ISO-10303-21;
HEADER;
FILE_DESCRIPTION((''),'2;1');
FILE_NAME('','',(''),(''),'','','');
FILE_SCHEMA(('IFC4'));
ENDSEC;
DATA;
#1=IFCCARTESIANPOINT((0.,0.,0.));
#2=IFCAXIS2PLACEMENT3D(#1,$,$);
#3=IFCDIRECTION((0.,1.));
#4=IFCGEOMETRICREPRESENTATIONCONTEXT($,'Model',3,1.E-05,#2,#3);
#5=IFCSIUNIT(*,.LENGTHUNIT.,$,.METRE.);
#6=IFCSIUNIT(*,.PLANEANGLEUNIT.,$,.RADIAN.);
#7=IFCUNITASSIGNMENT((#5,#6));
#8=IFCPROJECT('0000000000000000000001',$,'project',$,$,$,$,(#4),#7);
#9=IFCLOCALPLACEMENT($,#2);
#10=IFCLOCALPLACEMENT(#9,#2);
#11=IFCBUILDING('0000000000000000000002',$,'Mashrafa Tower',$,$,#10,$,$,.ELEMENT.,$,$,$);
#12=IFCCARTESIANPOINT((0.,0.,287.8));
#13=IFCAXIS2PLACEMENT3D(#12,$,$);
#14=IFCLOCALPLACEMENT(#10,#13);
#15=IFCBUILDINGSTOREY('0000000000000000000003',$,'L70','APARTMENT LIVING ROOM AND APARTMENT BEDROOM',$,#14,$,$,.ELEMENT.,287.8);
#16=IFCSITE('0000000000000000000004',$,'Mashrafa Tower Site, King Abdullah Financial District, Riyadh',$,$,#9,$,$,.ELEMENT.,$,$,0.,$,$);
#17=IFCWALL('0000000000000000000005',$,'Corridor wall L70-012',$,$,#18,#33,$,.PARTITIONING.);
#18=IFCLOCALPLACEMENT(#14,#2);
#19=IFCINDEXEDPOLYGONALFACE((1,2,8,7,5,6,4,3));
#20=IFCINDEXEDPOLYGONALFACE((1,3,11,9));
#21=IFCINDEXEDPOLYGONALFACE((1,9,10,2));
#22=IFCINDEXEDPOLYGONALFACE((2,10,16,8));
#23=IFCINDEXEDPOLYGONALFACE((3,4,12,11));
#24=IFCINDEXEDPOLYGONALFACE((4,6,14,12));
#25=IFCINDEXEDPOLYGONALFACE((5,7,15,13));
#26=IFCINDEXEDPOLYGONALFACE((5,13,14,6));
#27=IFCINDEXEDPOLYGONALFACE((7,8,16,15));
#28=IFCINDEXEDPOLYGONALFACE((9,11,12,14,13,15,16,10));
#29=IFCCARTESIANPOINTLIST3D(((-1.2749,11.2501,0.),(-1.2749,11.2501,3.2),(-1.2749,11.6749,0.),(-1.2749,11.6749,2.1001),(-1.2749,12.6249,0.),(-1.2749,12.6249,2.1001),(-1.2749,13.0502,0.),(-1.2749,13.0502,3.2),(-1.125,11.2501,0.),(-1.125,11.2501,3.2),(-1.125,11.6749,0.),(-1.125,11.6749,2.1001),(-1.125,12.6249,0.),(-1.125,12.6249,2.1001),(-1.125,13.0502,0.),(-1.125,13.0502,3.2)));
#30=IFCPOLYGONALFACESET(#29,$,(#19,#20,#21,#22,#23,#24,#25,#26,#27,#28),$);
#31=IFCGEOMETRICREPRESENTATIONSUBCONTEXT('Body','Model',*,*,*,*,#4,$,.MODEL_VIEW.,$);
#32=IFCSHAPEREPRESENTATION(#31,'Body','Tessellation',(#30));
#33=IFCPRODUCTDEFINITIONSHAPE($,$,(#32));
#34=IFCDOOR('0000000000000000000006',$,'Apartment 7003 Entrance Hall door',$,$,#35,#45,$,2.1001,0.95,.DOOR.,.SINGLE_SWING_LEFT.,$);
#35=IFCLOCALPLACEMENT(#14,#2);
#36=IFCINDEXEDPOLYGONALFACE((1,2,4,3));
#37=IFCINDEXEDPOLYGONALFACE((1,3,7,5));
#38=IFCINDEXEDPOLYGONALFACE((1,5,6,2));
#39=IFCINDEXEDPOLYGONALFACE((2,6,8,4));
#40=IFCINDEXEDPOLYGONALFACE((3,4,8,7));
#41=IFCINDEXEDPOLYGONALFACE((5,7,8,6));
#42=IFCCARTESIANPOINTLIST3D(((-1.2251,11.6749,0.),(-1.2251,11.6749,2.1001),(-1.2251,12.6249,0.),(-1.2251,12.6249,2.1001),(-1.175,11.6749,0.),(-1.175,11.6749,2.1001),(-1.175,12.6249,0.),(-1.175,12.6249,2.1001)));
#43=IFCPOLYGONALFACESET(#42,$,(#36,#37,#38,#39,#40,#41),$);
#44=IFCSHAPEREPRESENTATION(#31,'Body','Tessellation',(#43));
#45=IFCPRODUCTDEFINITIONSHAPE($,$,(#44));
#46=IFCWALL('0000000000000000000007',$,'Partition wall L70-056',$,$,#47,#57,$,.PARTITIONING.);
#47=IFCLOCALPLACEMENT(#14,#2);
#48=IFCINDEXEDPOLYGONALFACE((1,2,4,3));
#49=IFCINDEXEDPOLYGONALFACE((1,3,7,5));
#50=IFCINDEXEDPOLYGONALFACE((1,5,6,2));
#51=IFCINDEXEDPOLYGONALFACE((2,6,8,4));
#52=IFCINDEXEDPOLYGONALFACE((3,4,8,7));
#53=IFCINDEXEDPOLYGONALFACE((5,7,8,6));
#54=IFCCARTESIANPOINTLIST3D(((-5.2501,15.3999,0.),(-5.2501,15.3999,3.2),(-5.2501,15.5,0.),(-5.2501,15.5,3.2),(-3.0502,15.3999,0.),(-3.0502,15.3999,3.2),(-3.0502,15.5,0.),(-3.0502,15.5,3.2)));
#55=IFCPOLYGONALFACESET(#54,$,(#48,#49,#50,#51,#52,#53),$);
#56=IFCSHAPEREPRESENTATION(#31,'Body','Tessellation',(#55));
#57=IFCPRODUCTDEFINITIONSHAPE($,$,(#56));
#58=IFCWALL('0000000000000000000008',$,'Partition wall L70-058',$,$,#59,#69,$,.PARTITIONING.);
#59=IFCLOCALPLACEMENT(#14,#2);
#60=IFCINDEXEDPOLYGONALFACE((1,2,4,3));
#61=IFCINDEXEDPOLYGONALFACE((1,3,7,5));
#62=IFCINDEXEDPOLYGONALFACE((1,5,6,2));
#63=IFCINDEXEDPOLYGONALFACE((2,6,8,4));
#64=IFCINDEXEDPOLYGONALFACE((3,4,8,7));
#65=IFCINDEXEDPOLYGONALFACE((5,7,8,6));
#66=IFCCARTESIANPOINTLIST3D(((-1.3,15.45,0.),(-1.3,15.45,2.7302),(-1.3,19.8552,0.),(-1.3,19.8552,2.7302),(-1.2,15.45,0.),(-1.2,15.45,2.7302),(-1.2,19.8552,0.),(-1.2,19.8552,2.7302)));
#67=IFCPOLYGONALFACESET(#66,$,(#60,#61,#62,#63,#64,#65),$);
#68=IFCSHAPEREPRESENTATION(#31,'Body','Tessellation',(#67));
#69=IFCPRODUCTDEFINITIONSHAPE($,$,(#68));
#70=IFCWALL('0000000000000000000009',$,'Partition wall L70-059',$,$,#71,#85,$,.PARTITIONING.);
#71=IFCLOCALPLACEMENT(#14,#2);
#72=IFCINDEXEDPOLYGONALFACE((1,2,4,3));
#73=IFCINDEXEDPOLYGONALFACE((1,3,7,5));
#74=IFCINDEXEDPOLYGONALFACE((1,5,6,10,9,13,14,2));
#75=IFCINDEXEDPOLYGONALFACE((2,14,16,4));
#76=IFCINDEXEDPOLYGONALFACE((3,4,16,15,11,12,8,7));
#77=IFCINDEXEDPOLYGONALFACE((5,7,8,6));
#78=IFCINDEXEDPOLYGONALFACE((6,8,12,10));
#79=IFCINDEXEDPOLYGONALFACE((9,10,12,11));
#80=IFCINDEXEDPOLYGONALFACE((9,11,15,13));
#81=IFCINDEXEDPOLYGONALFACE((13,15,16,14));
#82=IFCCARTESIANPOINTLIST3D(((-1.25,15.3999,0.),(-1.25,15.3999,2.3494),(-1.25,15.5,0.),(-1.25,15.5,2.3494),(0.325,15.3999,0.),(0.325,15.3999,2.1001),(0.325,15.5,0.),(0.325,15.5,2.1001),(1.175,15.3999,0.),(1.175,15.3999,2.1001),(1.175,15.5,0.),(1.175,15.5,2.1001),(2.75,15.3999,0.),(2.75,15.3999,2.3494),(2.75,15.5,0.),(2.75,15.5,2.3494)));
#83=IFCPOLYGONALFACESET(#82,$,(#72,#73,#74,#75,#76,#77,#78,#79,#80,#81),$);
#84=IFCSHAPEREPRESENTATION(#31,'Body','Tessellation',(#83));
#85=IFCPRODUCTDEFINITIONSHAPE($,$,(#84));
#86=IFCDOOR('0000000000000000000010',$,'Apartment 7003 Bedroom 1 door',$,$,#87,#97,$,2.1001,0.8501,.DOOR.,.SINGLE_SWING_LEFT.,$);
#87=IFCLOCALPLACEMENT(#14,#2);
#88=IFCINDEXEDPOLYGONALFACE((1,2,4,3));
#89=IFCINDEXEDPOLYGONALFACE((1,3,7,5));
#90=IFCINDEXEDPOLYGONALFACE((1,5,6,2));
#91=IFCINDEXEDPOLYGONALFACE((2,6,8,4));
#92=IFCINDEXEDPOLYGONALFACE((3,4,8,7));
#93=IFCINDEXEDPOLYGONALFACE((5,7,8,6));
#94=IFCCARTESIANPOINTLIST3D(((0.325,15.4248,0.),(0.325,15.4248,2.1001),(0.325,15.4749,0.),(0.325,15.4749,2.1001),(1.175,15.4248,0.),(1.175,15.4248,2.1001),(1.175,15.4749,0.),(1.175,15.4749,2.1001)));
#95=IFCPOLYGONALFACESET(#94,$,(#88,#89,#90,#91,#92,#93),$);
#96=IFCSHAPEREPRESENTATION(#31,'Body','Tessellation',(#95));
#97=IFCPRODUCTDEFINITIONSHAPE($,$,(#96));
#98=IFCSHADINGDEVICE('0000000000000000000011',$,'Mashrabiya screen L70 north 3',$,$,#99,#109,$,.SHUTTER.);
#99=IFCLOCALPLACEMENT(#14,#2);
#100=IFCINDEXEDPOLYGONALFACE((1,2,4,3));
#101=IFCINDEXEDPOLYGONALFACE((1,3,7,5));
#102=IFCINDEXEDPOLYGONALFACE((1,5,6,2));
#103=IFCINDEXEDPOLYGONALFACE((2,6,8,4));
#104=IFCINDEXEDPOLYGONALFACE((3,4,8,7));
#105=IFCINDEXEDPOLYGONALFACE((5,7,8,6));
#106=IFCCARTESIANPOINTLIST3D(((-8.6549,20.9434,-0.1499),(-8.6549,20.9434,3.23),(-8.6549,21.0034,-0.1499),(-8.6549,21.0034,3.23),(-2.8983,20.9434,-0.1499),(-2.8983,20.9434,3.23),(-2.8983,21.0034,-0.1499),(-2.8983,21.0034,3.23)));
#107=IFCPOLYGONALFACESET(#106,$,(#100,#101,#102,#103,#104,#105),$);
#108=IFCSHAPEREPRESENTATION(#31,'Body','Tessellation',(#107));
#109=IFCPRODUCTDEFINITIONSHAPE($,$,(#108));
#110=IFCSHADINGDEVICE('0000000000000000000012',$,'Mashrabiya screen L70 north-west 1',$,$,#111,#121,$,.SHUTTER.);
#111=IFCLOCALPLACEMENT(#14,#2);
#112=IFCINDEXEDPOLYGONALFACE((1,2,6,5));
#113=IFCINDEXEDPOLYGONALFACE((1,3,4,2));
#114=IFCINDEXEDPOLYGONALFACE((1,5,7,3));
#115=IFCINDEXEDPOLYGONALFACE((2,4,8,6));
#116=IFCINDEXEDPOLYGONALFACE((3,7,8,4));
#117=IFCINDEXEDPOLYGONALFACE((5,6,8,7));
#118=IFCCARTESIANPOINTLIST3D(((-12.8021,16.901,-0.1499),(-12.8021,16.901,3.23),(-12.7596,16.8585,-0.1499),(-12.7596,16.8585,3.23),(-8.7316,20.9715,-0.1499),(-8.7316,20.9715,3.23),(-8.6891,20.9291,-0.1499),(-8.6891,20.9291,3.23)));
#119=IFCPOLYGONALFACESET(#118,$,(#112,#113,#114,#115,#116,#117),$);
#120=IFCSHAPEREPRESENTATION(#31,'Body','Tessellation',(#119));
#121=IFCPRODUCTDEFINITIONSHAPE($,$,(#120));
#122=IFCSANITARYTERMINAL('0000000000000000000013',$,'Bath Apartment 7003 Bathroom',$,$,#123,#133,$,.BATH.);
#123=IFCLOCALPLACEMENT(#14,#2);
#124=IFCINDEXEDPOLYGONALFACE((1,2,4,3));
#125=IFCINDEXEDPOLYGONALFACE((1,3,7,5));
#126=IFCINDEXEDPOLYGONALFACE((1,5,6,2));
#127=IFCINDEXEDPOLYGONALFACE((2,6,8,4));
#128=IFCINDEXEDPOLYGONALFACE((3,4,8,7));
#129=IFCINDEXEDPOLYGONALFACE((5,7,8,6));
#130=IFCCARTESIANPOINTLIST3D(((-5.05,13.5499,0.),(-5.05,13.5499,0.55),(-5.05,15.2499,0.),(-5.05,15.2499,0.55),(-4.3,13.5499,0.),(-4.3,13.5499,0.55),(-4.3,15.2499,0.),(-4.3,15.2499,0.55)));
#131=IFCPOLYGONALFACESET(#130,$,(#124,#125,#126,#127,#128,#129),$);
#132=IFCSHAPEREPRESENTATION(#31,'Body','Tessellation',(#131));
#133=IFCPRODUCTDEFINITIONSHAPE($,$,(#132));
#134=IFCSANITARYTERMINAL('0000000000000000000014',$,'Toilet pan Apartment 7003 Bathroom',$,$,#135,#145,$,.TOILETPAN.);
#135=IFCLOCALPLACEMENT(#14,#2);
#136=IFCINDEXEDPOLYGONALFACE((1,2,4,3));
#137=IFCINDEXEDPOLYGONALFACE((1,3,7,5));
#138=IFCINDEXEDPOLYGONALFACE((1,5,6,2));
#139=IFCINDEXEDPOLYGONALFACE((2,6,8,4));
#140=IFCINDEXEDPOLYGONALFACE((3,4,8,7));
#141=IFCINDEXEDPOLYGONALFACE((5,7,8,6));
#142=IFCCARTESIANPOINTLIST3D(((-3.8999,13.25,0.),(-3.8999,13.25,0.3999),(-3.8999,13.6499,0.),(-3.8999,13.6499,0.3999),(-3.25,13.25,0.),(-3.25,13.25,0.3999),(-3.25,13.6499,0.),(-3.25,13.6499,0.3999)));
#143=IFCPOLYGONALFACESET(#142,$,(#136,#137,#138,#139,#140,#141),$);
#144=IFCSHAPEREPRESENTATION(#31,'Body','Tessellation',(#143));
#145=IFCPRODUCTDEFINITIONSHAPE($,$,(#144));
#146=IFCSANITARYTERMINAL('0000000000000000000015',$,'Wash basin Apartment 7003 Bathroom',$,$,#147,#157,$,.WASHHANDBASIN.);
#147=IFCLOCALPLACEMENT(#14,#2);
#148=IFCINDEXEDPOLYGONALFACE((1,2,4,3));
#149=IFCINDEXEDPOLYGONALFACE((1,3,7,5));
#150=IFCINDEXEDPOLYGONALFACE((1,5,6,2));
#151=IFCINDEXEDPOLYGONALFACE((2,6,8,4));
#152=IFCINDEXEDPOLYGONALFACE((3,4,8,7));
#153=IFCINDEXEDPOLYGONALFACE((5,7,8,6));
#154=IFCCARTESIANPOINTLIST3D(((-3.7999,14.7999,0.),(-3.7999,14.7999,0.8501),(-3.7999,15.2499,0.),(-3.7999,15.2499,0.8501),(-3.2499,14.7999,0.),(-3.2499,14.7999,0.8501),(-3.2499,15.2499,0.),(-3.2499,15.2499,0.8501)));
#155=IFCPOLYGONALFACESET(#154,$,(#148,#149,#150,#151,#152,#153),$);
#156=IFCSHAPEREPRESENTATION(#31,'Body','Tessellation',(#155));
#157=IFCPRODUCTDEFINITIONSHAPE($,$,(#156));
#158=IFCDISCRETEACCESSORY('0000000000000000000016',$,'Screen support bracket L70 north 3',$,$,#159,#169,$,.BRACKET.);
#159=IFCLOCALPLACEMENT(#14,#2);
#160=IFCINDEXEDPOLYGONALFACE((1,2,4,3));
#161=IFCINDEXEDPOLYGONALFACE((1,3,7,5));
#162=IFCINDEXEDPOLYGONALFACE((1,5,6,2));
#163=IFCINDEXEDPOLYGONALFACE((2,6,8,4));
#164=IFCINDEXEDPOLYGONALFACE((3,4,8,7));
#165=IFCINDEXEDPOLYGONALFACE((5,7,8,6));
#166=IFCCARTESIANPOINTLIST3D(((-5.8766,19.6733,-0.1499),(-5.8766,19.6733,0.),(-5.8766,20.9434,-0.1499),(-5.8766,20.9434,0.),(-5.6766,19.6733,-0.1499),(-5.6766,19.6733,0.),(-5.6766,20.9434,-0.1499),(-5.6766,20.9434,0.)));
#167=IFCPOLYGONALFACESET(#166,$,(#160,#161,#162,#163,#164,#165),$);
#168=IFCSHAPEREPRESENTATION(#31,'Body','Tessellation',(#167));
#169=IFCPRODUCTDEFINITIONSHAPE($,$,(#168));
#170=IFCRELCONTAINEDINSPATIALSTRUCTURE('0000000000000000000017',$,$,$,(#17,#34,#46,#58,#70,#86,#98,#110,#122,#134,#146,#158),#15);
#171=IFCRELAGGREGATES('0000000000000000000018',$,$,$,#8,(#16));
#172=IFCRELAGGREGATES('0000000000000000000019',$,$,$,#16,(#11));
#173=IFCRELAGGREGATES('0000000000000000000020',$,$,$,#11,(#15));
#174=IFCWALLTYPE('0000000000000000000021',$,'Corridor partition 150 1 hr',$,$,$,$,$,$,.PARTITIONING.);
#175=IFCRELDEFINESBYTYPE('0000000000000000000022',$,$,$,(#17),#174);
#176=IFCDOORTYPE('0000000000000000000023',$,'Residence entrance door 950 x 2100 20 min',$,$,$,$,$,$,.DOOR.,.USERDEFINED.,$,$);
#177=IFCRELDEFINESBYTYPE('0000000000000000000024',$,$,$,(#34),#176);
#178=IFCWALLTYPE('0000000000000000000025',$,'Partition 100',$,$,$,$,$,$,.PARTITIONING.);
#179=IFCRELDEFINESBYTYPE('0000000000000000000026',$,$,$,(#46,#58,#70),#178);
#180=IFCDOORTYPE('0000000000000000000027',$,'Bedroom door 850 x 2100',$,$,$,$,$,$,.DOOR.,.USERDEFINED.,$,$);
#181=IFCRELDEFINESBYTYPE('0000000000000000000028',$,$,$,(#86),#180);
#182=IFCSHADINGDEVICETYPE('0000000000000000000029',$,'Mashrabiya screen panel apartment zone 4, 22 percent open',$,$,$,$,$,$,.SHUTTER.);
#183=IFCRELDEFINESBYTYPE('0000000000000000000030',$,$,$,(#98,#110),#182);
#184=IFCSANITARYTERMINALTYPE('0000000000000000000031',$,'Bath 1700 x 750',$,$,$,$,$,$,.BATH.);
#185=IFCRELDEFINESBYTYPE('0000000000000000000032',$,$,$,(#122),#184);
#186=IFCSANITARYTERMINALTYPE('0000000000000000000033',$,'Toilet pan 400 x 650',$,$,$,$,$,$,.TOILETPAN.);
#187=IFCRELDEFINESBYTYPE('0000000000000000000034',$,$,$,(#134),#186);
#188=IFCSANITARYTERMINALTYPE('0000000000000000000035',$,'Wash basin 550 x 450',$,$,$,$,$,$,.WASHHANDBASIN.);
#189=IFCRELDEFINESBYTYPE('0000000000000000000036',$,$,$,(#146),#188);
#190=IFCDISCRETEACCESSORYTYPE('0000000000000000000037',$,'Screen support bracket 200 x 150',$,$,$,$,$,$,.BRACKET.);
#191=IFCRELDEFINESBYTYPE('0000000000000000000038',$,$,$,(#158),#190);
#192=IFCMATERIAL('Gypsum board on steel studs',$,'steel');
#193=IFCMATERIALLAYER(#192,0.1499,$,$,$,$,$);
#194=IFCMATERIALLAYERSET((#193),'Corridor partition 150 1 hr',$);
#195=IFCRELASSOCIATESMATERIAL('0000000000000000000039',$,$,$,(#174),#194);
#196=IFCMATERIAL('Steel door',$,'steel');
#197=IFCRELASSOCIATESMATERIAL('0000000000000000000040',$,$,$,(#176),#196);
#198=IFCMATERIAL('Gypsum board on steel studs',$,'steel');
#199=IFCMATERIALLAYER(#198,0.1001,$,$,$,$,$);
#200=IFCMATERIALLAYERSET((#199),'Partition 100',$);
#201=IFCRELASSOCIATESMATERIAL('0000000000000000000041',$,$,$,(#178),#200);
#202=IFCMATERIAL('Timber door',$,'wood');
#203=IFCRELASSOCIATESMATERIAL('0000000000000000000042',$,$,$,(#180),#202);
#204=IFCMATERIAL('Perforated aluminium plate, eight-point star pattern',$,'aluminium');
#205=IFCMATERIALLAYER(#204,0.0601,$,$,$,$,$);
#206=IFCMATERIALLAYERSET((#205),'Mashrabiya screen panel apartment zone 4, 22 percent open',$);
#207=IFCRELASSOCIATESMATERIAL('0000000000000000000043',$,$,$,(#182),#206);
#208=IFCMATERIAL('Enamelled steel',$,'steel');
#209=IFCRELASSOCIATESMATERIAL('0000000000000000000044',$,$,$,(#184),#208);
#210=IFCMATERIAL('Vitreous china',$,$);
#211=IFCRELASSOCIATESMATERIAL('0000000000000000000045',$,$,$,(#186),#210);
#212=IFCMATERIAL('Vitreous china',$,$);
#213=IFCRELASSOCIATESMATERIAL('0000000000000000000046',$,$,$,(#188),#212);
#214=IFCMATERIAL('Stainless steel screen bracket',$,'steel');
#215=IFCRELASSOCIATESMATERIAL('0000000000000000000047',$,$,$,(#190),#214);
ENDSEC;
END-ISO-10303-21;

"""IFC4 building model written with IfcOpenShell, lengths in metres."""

from ifc_helpers import new_model, si_unit, direction, frame, frame_2d, origin, origin_2d, place, context, subcontext, project, spatial, rectangle, extrude, source, transform, mapped, material, layer, layer_set, type_object, type_shapes, element, fill, save


model = new_model("IFC4")

# Units and contexts
model_context = context("Model", 3, precision=1e-05, world=origin(), true_north=direction((0.0, 1.0)))
body_context = subcontext(model_context, "Body", "Model", "MODEL_VIEW")
ifc_project = project(units=[si_unit("LENGTHUNIT", "METRE"), si_unit("PLANEANGLEUNIT", "RADIAN")], contexts=[model_context])

# Site, building, storey
site_placement = place(None, origin())
site = spatial("IfcSite", under=ifc_project, at=site_placement, Name="Mashrafa Tower Site, King Abdullah Financial District, Riyadh", CompositionType="ELEMENT", RefElevation=0.0)
building_placement = place(site_placement, origin())
building = spatial("IfcBuilding", under=site, at=building_placement, Name="Mashrafa Tower", CompositionType="ELEMENT")
storey_placement = place(building_placement, frame((0.0, 0.0, 287.8)))
storey = spatial("IfcBuildingStorey", under=building, at=storey_placement, Name="L70", Description="APARTMENT LIVING ROOM AND APARTMENT BEDROOM", CompositionType="ELEMENT", Elevation=287.8)

# Wall, opening, door
ifc_material_1 = material(Name="Gypsum board on steel studs", Category="steel")
ifc_layer_1 = layer(ifc_material_1, 0.1499)
ifc_layer_set_1 = layer_set([ifc_layer_1], Name="Corridor partition 150 1 hr")
wall_type_1 = type_object("IfcWallType", Name="Corridor partition 150 1 hr", PredefinedType="PARTITIONING", material=ifc_layer_set_1)
wall_1_placement = place(storey_placement, frame((-1.2, 13.05, 0.0), z_axis=(0.0, 0.0, 1.0), x_axis=(0.0, -1.0, 0.0)))
wall_1 = element("IfcWall", 1, at=wall_1_placement, inside=storey, type_object=wall_type_1, Name="Corridor wall L70-012", PredefinedType="PARTITIONING", context=body_context, shape_type="SweptSolid", body=[
    extrude(rectangle(XDim=1.8, YDim=0.1499, at=frame_2d((0.8999, 0.0))), origin(), (0.0, 0.0, 1.0), 3.2),
])
opening_1_placement = place(wall_1_placement, frame((0.425, 0.0, 0.0)))
opening_1 = element("IfcOpeningElement", 2, at=opening_1_placement, cuts=wall_1, PredefinedType="OPENING", context=body_context, shape_type="SweptSolid", body=[
    extrude(rectangle(XDim=0.95, YDim=2.1001, at=frame_2d((0.4751, 1.05))), frame((0.0, 0.085, 0.0), z_axis=(0.0, -1.0, 0.0), x_axis=(1.0, 0.0, 0.0)), (0.0, 0.0, 1.0), 0.1699),
])
ifc_material_2 = material(Name="Steel door", Category="steel")
door_type_1 = type_object("IfcDoorType", Name="Residence entrance door 950 x 2100 20 min", OperationType="USERDEFINED", PredefinedType="DOOR", material=ifc_material_2)
door_1_placement = place(opening_1_placement, origin())
door_1 = element("IfcDoor", 3, at=door_1_placement, inside=storey, type_object=door_type_1, Name="Apartment 7003 Entrance Hall door", OperationType="SINGLE_SWING_LEFT", OverallHeight=2.1001, OverallWidth=0.95, PredefinedType="DOOR", context=body_context, shape_type="SweptSolid", body=[
    extrude(rectangle(XDim=0.95, YDim=2.1001, at=frame_2d((0.4751, 1.05))), frame((0.0, 0.0249, 0.0), z_axis=(0.0, -1.0, 0.0), x_axis=(1.0, 0.0, 0.0)), (0.0, 0.0, 1.0), 0.05),
])
fill(opening_1, door_1)

# Walls
ifc_material_3 = material(Name="Gypsum board on steel studs", Category="steel")
ifc_layer_2 = layer(ifc_material_3, 0.1001)
ifc_layer_set_2 = layer_set([ifc_layer_2], Name="Partition 100")
wall_type_2 = type_object("IfcWallType", Name="Partition 100", PredefinedType="PARTITIONING", material=ifc_layer_set_2)
wall_2_placement = place(storey_placement, frame((-3.05, 15.45, 0.0), z_axis=(0.0, 0.0, 1.0), x_axis=(-1.0, 0.0, 0.0)))
element("IfcWall", 4, at=wall_2_placement, inside=storey, type_object=wall_type_2, Name="Partition wall L70-056", PredefinedType="PARTITIONING", context=body_context, shape_type="SweptSolid", body=[
    extrude(rectangle(XDim=2.2, YDim=0.1001, at=frame_2d((1.1001, 0.0))), origin(), (0.0, 0.0, 1.0), 3.2),
])
wall_3_placement = place(storey_placement, frame((-1.25, 19.8552, 0.0), z_axis=(0.0, 0.0, 1.0), x_axis=(0.0, -1.0, 0.0)))
element("IfcWall", 5, at=wall_3_placement, inside=storey, type_object=wall_type_2, Name="Partition wall L70-058", PredefinedType="PARTITIONING", context=body_context, shape_type="SweptSolid", body=[
    extrude(rectangle(XDim=4.4053, YDim=0.1001, at=frame_2d((2.2026, 0.0))), origin(), (0.0, 0.0, 1.0), 2.7302),
])

# Wall, opening, door
wall_4_placement = place(storey_placement, frame((-1.25, 15.45, 0.0), z_axis=(0.0, 0.0, 1.0), x_axis=(1.0, 0.0, 0.0)))
wall_4 = element("IfcWall", 6, at=wall_4_placement, inside=storey, type_object=wall_type_2, Name="Partition wall L70-059", PredefinedType="PARTITIONING", context=body_context, shape_type="SweptSolid", body=[
    extrude(rectangle(XDim=4.0, YDim=0.1001, at=frame_2d((2.0, 0.0))), origin(), (0.0, 0.0, 1.0), 2.3494),
])
opening_2_placement = place(wall_4_placement, frame((1.575, 0.0, 0.0)))
opening_2 = element("IfcOpeningElement", 7, at=opening_2_placement, cuts=wall_4, PredefinedType="OPENING", context=body_context, shape_type="SweptSolid", body=[
    extrude(rectangle(XDim=0.8501, YDim=2.1001, at=frame_2d((0.425, 1.05))), frame((0.0, 0.0601, 0.0), z_axis=(0.0, -1.0, 0.0), x_axis=(1.0, 0.0, 0.0)), (0.0, 0.0, 1.0), 0.1201),
])
ifc_material_4 = material(Name="Timber door", Category="wood")
door_type_2 = type_object("IfcDoorType", Name="Bedroom door 850 x 2100", OperationType="USERDEFINED", PredefinedType="DOOR", material=ifc_material_4)
door_2_placement = place(opening_2_placement, origin())
door_2 = element("IfcDoor", 8, at=door_2_placement, inside=storey, type_object=door_type_2, Name="Apartment 7003 Bedroom 1 door", OperationType="SINGLE_SWING_LEFT", OverallHeight=2.1001, OverallWidth=0.8501, PredefinedType="DOOR", context=body_context, shape_type="SweptSolid", body=[
    extrude(rectangle(XDim=0.8501, YDim=2.1001, at=frame_2d((0.425, 1.05))), frame((0.0, 0.0249, 0.0), z_axis=(0.0, -1.0, 0.0), x_axis=(1.0, 0.0, 0.0)), (0.0, 0.0, 1.0), 0.05),
])
fill(opening_2, door_2)

# Shading devices
ifc_material_5 = material(Name="Perforated aluminium plate, eight-point star pattern", Category="aluminium")
ifc_layer_3 = layer(ifc_material_5, 0.0601)
ifc_layer_set_3 = layer_set([ifc_layer_3], Name="Mashrabiya screen panel apartment zone 4, 22 percent open")
shading_device_type = type_object("IfcShadingDeviceType", Name="Mashrabiya screen panel apartment zone 4, 22 percent open", PredefinedType="SHUTTER", material=ifc_layer_set_3)
shared_shape_1 = source(origin(), body_context, "Body", "SweptSolid", [
    extrude(rectangle(XDim=5.7566, YDim=0.0601, at=origin_2d()), origin(), (0.0, 0.0, 1.0), 3.3799),
])
type_shapes(shading_device_type, [shared_shape_1])
for number, where, z_axis, x_axis, name in (
    (9, (-5.7766, 20.9734, -0.1499), (0.0, 0.0, 1.0), (-1.0, 0.0, 0.0), "Mashrabiya screen L70 north 3"),
    (10, (-10.7456, 18.915, -0.1499), (0.0, 0.0, 1.0), (-0.707107, -0.707107, 0.0), "Mashrabiya screen L70 north-west 1"),
):
    element("IfcShadingDevice", number, at=place(storey_placement, frame(where, z_axis=z_axis, x_axis=x_axis)), inside=storey, type_object=shading_device_type, Name=name, PredefinedType="SHUTTER", context=body_context, shape_type="MappedRepresentation", body=[
        mapped(shared_shape_1, transform((0.0, 0.0, 0.0))),
    ])

# Sanitary terminals
ifc_material_6 = material(Name="Enamelled steel", Category="steel")
sanitary_terminal_type_1 = type_object("IfcSanitaryTerminalType", Name="Bath 1700 x 750", PredefinedType="BATH", material=ifc_material_6)
sanitary_terminal_1_placement = place(storey_placement, frame((-4.675, 14.3999, 0.0), z_axis=(0.0, 0.0, 1.0), x_axis=(0.0, -1.0, 0.0)))
element("IfcSanitaryTerminal", 11, at=sanitary_terminal_1_placement, inside=storey, type_object=sanitary_terminal_type_1, Name="Bath Apartment 7003 Bathroom", PredefinedType="BATH", context=body_context, shape_type="SweptSolid", body=[
    extrude(rectangle(XDim=1.7, YDim=0.75, at=origin_2d()), origin(), (0.0, 0.0, 1.0), 0.55),
])
ifc_material_7 = material(Name="Vitreous china")
sanitary_terminal_type_2 = type_object("IfcSanitaryTerminalType", Name="Toilet pan 400 x 650", PredefinedType="TOILETPAN", material=ifc_material_7)
sanitary_terminal_2_placement = place(storey_placement, frame((-3.575, 13.45, 0.0), z_axis=(0.0, 0.0, 1.0), x_axis=(0.0, 1.0, 0.0)))
element("IfcSanitaryTerminal", 12, at=sanitary_terminal_2_placement, inside=storey, type_object=sanitary_terminal_type_2, Name="Toilet pan Apartment 7003 Bathroom", PredefinedType="TOILETPAN", context=body_context, shape_type="SweptSolid", body=[
    extrude(rectangle(XDim=0.3999, YDim=0.6499, at=origin_2d()), origin(), (0.0, 0.0, 1.0), 0.3999),
])
ifc_material_8 = material(Name="Vitreous china")
sanitary_terminal_type_3 = type_object("IfcSanitaryTerminalType", Name="Wash basin 550 x 450", PredefinedType="WASHHANDBASIN", material=ifc_material_8)
sanitary_terminal_3_placement = place(storey_placement, frame((-3.5249, 15.0249, 0.0), z_axis=(0.0, 0.0, 1.0), x_axis=(-1.0, 0.0, 0.0)))
element("IfcSanitaryTerminal", 13, at=sanitary_terminal_3_placement, inside=storey, type_object=sanitary_terminal_type_3, Name="Wash basin Apartment 7003 Bathroom", PredefinedType="WASHHANDBASIN", context=body_context, shape_type="SweptSolid", body=[
    extrude(rectangle(XDim=0.55, YDim=0.45, at=origin_2d()), origin(), (0.0, 0.0, 1.0), 0.8501),
])

# Discrete accessory
ifc_material_9 = material(Name="Stainless steel screen bracket", Category="steel")
discrete_accessory_type = type_object("IfcDiscreteAccessoryType", Name="Screen support bracket 200 x 150", PredefinedType="BRACKET", material=ifc_material_9)
shared_shape_2 = source(origin(), body_context, "Body", "SweptSolid", [
    extrude(rectangle(XDim=0.2, YDim=1.27, at=origin_2d()), origin(), (0.0, 0.0, 1.0), 0.1499),
])
type_shapes(discrete_accessory_type, [shared_shape_2])
for number, where, z_axis, x_axis, name in (
    (14, (-5.7766, 20.3083, -0.1499), (0.0, 0.0, 1.0), (-1.0, 0.0, 0.0), "Screen support bracket L70 north 3"),
):
    element("IfcDiscreteAccessory", number, at=place(storey_placement, frame(where, z_axis=z_axis, x_axis=x_axis)), inside=storey, type_object=discrete_accessory_type, Name=name, PredefinedType="BRACKET", context=body_context, shape_type="MappedRepresentation", body=[
        mapped(shared_shape_2, transform((0.0, 0.0, 0.0))),
    ])

save(model, "model.ifc")
